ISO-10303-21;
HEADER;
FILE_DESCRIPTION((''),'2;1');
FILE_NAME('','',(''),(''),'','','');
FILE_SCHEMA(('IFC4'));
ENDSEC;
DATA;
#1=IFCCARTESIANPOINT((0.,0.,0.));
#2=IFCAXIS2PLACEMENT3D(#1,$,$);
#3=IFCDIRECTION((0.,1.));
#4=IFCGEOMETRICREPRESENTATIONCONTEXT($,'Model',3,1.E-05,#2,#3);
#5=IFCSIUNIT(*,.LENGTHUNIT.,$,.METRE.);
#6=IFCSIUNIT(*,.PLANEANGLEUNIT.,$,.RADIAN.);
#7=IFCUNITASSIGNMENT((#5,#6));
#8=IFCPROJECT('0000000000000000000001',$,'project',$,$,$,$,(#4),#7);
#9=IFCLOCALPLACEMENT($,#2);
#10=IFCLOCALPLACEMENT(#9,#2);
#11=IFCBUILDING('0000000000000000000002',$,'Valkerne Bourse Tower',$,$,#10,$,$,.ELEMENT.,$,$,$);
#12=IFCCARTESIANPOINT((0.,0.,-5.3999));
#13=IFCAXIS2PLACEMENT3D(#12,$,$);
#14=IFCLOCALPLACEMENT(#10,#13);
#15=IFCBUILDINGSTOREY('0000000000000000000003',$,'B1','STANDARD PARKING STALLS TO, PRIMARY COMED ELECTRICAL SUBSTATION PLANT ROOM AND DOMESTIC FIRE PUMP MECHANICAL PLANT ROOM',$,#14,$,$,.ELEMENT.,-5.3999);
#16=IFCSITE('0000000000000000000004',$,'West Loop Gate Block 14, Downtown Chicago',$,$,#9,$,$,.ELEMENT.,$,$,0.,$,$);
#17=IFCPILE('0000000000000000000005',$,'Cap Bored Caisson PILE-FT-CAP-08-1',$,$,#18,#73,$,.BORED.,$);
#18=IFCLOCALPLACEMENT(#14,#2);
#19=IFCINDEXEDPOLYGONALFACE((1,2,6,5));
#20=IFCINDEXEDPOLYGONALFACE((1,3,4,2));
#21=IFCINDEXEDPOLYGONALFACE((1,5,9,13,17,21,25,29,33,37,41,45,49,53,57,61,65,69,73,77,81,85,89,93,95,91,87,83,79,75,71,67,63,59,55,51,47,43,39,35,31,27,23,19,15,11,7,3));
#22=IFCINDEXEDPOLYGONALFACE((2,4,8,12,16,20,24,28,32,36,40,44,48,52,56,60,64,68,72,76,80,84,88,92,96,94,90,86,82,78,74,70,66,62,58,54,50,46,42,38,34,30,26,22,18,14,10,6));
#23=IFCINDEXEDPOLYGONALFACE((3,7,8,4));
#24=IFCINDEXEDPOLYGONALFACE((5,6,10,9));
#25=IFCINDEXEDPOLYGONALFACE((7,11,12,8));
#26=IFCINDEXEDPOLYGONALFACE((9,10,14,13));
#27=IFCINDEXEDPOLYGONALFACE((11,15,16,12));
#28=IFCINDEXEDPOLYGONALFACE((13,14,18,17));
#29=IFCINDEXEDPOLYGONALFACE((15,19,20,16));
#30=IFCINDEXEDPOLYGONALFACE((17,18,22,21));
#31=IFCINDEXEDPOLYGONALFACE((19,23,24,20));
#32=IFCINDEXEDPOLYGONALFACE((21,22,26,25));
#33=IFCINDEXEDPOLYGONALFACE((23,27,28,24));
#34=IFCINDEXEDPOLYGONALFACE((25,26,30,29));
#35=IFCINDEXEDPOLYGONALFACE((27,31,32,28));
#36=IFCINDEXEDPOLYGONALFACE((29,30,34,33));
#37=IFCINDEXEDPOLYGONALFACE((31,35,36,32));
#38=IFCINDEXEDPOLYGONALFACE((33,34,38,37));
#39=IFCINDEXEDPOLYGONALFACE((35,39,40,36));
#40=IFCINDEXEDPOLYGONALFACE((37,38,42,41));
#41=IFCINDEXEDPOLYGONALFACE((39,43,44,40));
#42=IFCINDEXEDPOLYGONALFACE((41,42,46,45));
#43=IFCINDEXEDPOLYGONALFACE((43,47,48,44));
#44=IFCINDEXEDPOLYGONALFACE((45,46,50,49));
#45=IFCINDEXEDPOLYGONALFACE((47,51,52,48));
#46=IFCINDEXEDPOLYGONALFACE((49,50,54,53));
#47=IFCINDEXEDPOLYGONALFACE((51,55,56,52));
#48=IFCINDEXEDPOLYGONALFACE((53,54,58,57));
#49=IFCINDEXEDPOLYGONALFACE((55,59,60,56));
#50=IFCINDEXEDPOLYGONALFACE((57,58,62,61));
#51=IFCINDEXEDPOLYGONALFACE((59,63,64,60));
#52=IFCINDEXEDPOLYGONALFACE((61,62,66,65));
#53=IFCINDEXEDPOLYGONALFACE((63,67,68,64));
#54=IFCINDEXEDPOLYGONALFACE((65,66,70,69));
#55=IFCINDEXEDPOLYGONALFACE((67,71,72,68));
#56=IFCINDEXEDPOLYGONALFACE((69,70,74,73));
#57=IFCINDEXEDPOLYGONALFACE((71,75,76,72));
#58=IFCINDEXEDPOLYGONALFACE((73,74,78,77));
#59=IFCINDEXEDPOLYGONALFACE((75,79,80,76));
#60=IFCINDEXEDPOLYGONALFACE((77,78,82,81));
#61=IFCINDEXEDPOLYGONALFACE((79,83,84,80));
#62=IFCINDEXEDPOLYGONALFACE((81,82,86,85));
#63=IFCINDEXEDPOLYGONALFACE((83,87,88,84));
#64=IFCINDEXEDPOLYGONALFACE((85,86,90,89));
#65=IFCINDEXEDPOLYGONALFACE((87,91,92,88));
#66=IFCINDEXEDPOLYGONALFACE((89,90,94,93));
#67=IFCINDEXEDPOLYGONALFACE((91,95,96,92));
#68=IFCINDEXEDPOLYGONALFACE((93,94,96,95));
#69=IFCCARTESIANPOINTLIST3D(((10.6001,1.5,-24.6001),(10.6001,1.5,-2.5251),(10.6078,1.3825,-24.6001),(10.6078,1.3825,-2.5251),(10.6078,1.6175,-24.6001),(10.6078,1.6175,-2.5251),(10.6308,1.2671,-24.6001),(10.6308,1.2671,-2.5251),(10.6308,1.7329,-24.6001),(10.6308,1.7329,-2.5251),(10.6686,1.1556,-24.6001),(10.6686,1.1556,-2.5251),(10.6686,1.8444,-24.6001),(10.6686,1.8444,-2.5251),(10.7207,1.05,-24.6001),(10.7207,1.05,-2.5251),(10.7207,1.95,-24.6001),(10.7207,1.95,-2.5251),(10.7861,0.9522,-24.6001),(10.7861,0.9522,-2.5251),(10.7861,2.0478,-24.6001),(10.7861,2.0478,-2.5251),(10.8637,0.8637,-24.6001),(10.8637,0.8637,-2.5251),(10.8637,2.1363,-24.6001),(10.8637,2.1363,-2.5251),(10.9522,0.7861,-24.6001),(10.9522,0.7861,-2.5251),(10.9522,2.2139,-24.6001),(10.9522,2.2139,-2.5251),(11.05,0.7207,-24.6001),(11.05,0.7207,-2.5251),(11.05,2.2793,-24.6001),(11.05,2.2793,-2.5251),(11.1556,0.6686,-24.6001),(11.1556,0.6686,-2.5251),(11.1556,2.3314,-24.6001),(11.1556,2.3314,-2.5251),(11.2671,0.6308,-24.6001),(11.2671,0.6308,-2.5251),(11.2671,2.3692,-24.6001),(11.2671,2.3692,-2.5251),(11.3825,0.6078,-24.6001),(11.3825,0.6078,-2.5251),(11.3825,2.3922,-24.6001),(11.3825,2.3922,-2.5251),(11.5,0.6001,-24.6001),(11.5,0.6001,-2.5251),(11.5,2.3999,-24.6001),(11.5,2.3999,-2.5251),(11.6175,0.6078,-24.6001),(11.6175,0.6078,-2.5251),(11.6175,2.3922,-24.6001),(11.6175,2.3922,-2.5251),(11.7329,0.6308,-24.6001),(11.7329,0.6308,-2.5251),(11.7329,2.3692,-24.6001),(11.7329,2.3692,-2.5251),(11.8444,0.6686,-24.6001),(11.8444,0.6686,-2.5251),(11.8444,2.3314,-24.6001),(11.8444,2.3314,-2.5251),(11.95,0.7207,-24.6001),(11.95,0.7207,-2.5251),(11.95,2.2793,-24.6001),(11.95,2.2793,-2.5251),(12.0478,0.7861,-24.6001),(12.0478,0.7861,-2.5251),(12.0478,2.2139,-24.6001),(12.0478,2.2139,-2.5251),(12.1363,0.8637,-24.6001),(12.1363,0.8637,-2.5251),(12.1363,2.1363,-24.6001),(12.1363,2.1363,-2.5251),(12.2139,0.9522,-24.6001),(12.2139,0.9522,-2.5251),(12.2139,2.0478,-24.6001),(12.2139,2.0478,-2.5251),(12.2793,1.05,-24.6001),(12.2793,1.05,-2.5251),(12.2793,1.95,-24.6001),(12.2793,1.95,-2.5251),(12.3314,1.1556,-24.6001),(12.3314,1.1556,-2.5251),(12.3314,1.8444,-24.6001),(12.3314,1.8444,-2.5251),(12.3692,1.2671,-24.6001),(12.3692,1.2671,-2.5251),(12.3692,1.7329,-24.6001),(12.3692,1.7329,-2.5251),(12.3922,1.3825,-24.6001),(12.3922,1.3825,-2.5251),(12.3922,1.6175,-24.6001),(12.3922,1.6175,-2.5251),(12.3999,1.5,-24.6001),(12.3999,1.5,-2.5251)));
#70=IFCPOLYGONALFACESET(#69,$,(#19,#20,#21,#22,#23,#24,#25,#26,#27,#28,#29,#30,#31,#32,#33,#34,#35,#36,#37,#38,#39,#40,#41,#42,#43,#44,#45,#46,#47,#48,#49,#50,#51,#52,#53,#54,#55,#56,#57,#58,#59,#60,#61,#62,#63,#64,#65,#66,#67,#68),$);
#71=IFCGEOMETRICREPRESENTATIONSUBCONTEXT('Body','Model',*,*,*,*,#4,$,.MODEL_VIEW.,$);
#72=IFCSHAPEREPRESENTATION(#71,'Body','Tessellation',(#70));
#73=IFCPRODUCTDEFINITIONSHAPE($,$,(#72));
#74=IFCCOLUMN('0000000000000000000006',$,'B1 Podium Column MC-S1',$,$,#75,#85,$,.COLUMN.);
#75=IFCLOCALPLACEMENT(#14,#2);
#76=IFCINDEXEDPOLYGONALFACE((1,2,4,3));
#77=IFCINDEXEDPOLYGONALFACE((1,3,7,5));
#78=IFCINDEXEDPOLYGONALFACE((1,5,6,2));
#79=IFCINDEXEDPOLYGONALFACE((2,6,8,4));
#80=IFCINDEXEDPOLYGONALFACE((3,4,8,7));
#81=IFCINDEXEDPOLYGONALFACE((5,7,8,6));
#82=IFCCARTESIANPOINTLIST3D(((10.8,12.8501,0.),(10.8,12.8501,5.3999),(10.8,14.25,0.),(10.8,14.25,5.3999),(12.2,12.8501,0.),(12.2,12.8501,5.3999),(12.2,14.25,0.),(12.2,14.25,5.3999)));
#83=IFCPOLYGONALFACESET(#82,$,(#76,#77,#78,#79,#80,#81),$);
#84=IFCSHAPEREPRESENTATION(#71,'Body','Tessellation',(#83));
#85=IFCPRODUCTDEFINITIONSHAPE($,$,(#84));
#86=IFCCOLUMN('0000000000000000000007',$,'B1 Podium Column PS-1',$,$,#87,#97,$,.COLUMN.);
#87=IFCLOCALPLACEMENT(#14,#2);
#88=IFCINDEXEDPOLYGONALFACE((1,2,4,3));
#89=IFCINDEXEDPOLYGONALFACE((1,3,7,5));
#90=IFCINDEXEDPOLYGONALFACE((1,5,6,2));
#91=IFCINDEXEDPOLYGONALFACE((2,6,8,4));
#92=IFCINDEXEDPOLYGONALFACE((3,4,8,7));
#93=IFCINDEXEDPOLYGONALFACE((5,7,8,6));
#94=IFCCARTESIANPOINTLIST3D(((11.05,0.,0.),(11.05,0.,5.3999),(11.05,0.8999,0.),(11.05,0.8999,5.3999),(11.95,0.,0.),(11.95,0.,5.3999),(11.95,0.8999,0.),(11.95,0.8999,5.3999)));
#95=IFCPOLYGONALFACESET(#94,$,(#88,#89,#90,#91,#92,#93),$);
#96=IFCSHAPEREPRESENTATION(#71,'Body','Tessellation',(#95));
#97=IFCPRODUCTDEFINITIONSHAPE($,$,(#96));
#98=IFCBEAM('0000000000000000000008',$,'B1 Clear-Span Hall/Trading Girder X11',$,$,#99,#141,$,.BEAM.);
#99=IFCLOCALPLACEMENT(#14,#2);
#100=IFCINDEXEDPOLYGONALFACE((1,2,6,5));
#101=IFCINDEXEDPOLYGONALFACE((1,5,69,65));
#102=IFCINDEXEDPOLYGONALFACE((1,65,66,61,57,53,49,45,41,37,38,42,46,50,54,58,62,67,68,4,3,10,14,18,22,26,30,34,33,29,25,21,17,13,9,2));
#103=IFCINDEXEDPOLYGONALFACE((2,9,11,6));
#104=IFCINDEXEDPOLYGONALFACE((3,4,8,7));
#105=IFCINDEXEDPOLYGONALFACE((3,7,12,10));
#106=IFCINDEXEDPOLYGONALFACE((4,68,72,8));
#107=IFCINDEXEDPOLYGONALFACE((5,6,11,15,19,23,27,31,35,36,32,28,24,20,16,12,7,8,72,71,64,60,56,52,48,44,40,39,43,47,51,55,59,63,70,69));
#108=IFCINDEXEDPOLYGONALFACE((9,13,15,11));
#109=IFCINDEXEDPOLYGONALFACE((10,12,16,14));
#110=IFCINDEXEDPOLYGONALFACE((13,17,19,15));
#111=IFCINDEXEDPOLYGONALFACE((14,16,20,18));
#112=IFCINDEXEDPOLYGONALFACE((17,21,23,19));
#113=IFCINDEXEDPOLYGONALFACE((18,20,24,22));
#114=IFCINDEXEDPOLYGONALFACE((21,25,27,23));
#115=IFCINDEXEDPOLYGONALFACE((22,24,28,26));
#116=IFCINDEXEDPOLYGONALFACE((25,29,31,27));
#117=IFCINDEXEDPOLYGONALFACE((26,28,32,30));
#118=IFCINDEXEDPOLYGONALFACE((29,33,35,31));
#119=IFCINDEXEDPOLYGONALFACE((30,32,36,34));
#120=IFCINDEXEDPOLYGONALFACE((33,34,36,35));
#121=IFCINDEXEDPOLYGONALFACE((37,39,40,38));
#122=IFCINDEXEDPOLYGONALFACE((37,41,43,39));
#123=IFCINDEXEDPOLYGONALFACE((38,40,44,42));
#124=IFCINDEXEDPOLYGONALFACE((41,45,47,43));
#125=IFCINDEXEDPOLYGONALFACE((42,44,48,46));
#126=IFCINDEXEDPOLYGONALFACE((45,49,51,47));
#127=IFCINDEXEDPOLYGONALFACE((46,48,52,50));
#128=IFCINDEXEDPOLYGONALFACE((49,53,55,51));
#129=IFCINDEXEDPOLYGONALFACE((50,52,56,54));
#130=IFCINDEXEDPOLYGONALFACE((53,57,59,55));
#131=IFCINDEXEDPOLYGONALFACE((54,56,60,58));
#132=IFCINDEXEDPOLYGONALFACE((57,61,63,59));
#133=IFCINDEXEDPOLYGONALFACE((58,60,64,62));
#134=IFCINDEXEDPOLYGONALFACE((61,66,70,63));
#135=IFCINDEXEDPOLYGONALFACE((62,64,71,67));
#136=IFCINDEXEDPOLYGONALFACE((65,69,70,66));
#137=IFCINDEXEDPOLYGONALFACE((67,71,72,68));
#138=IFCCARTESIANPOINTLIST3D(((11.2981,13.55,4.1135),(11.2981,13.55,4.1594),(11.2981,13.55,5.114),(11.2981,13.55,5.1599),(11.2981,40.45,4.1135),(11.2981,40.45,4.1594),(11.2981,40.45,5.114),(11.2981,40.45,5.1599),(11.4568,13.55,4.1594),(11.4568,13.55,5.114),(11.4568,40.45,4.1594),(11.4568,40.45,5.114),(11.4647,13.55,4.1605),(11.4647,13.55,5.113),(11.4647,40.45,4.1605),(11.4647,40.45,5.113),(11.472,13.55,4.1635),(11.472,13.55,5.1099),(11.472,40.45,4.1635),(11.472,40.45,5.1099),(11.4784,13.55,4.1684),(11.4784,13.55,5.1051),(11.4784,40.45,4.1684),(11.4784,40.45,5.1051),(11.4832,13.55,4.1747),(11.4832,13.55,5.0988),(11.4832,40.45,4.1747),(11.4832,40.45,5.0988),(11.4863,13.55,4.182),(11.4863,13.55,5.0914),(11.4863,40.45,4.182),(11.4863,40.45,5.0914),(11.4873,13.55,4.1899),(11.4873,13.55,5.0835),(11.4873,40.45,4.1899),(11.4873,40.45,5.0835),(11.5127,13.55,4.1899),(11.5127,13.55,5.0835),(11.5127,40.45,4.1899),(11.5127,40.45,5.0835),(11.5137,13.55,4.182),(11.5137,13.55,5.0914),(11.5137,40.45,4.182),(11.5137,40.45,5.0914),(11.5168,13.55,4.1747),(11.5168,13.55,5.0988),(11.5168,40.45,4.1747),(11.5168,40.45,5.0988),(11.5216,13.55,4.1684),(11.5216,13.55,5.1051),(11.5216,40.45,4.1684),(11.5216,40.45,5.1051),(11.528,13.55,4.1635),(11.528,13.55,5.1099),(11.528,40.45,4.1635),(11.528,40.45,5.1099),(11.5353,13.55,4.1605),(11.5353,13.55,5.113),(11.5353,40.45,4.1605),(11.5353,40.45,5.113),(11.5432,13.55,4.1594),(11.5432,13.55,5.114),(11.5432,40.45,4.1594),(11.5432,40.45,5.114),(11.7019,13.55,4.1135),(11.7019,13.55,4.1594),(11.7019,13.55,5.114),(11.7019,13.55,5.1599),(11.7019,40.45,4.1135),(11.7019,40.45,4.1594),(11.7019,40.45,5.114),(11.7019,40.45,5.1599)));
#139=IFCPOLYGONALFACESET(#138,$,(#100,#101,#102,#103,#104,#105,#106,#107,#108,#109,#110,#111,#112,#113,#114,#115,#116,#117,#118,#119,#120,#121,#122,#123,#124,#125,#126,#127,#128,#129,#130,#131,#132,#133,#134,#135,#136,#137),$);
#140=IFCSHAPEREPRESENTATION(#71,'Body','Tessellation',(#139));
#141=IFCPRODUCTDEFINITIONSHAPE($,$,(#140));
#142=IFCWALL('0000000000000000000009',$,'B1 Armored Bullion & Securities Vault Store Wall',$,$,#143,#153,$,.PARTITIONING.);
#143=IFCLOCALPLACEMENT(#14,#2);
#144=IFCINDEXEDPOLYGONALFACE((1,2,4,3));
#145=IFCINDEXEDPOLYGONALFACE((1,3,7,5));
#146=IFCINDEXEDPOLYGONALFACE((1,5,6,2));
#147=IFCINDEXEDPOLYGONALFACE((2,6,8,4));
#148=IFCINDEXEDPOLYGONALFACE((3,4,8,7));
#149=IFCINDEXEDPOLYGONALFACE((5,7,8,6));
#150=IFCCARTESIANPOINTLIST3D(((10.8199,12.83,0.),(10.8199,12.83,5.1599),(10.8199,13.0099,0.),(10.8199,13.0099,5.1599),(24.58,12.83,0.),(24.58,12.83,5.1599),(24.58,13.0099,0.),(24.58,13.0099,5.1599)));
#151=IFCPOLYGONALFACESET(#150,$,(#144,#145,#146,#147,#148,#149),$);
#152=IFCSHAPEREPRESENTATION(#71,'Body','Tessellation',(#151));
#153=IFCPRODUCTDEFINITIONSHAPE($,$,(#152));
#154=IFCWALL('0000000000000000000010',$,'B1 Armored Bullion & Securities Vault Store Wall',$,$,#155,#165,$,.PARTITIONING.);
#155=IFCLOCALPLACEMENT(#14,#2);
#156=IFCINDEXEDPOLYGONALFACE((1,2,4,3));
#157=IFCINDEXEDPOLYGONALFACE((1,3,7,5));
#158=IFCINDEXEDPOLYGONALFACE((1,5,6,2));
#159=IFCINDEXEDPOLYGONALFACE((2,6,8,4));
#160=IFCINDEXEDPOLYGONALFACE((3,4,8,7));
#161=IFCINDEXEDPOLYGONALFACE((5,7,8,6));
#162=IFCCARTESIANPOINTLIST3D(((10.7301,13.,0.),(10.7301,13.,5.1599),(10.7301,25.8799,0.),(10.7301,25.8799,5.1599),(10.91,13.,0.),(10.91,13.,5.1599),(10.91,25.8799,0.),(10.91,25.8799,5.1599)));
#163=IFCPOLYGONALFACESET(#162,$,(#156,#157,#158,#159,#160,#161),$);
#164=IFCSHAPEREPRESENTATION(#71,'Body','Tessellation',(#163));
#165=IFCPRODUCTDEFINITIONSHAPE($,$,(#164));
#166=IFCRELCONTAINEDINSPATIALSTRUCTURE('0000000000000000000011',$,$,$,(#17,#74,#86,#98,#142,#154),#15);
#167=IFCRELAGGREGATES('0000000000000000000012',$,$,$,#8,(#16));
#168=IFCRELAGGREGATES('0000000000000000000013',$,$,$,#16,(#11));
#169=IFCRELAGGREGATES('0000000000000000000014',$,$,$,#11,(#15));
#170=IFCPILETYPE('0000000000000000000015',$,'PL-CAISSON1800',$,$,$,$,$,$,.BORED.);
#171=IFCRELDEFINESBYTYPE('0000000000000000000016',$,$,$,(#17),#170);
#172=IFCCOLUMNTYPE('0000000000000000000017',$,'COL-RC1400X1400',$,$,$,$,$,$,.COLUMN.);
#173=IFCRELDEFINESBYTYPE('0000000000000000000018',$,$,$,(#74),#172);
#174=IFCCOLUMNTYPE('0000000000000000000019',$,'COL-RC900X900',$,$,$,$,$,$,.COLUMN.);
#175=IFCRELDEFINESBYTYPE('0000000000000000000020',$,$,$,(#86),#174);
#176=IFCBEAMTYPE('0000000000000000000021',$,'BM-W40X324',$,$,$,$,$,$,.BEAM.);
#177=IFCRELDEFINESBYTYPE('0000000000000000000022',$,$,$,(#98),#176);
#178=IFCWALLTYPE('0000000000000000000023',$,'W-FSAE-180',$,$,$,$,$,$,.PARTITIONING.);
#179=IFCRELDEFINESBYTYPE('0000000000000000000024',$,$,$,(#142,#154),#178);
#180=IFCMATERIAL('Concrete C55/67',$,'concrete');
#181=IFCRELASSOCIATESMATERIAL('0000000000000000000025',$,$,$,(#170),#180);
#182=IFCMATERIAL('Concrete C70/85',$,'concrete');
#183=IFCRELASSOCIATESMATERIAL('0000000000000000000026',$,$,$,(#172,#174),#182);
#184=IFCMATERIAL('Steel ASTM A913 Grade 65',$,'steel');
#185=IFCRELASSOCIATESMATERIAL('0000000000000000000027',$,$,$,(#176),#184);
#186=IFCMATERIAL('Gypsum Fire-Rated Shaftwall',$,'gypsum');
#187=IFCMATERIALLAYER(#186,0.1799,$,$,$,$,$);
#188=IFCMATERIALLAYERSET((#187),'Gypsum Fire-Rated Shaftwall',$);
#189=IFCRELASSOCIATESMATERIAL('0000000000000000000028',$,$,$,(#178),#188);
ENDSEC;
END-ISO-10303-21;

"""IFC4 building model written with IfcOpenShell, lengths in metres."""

from ifc_helpers import new_model, si_unit, direction, frame, frame_2d, origin, origin_2d, place, context, subcontext, project, spatial, rectangle, circle, i_section, extrude, material, layer, layer_set, material_profile, profile_set, type_object, element, save


model = new_model("IFC4")

# Units and contexts
model_context = context("Model", 3, precision=1e-05, world=origin(), true_north=direction((0.0, 1.0)))
body_context = subcontext(model_context, "Body", "Model", "MODEL_VIEW")
ifc_project = project(units=[si_unit("LENGTHUNIT", "METRE"), si_unit("PLANEANGLEUNIT", "RADIAN")], contexts=[model_context])

# Site, building, storey
site_placement = place(None, origin())
site = spatial("IfcSite", under=ifc_project, at=site_placement, Name="West Loop Gate Block 14, Downtown Chicago", CompositionType="ELEMENT", RefElevation=0.0)
building_placement = place(site_placement, origin())
building = spatial("IfcBuilding", under=site, at=building_placement, Name="Valkerne Bourse Tower", CompositionType="ELEMENT")
storey_placement = place(building_placement, frame((0.0, 0.0, -5.3999)))
storey = spatial("IfcBuildingStorey", under=building, at=storey_placement, Name="B1", Description="STANDARD PARKING STALLS TO, PRIMARY COMED ELECTRICAL SUBSTATION PLANT ROOM AND DOMESTIC FIRE PUMP MECHANICAL PLANT ROOM", CompositionType="ELEMENT", Elevation=-5.3999)

# Shared definitions
ifc_material_1 = material(Name="Concrete C55/67", Category="concrete")

# Pile
ifc_material_profile_1 = material_profile(ifc_material_1, circle(Radius=0.8999, at=origin_2d()), Name="CAISSON1800")
ifc_profile_set_1 = profile_set([ifc_material_profile_1], Name="Concrete C55/67")
pile_type = type_object("IfcPileType", Name="PL-CAISSON1800", PredefinedType="BORED", material=ifc_profile_set_1)
for number, where, z_axis, x_axis, name in (
    (1, (11.5, 1.5, -2.5251), (0.0, 0.0, -1.0), (1.0, 0.0, 0.0), "Cap Bored Caisson PILE-FT-CAP-08-1"),
):
    element("IfcPile", number, at=place(storey_placement, frame(where, z_axis=z_axis, x_axis=x_axis)), inside=storey, type_object=pile_type, Name=name, PredefinedType="BORED", context=body_context, shape_type="SweptSolid", body=[
        extrude(circle(Radius=0.8999, at=origin_2d()), origin(), (0.0, 0.0, 1.0), 22.075),
    ])

# Columns
ifc_material_2 = material(Name="Concrete C70/85", Category="concrete")
ifc_material_profile_2 = material_profile(ifc_material_2, rectangle(XDim=1.3999, YDim=1.3999, at=origin_2d()), Name="RC1400X1400")
ifc_profile_set_2 = profile_set([ifc_material_profile_2], Name="Concrete C70/85")
column_type_1 = type_object("IfcColumnType", Name="COL-RC1400X1400", PredefinedType="COLUMN", material=ifc_profile_set_2)
column_1_placement = place(storey_placement, frame((11.5, 13.55, 0.0), z_axis=(0.0, 0.0, 1.0), x_axis=(1.0, 0.0, 0.0)))
element("IfcColumn", 2, at=column_1_placement, inside=storey, type_object=column_type_1, Name="B1 Podium Column MC-S1", PredefinedType="COLUMN", context=body_context, shape_type="SweptSolid", body=[
    extrude(rectangle(XDim=1.3999, YDim=1.3999, at=origin_2d()), origin(), (0.0, 0.0, 1.0), 5.3999),
])
ifc_material_profile_3 = material_profile(ifc_material_2, rectangle(XDim=0.8999, YDim=0.8999, at=origin_2d()), Name="RC900X900")
ifc_profile_set_3 = profile_set([ifc_material_profile_3], Name="Concrete C70/85")
column_type_2 = type_object("IfcColumnType", Name="COL-RC900X900", PredefinedType="COLUMN", material=ifc_profile_set_3)
column_2_placement = place(storey_placement, frame((11.5, 0.45, 0.0), z_axis=(0.0, 0.0, 1.0), x_axis=(1.0, 0.0, 0.0)))
element("IfcColumn", 3, at=column_2_placement, inside=storey, type_object=column_type_2, Name="B1 Podium Column PS-1", PredefinedType="COLUMN", context=body_context, shape_type="SweptSolid", body=[
    extrude(rectangle(XDim=0.8999, YDim=0.8999, at=origin_2d()), origin(), (0.0, 0.0, 1.0), 5.3999),
])

# Beam
ifc_material_3 = material(Name="Steel ASTM A913 Grade 65", Category="steel")
ifc_material_profile_4 = material_profile(ifc_material_3, i_section(OverallWidth=0.4038, OverallDepth=1.0464, WebThickness=0.0254, FlangeThickness=0.0459, FilletRadius=0.0305, at=origin_2d()), Name="W40X324")
ifc_profile_set_4 = profile_set([ifc_material_profile_4], Name="Steel ASTM A913 Grade 65")
beam_type = type_object("IfcBeamType", Name="BM-W40X324", PredefinedType="BEAM", material=ifc_profile_set_4)
beam_placement = place(storey_placement, frame((11.5, 13.55, 4.6367), z_axis=(0.0, 1.0, 0.0), x_axis=(-1.0, 0.0, 0.0)))
element("IfcBeam", 4, at=beam_placement, inside=storey, type_object=beam_type, Name="B1 Clear-Span Hall/Trading Girder X11", PredefinedType="BEAM", context=body_context, shape_type="SweptSolid", body=[
    extrude(i_section(OverallWidth=0.4038, OverallDepth=1.0464, WebThickness=0.0254, FlangeThickness=0.0459, FilletRadius=0.0305, at=origin_2d()), origin(), (0.0, 0.0, 1.0), 26.8999),
])

# Walls
ifc_material_4 = material(Name="Gypsum Fire-Rated Shaftwall", Category="gypsum")
ifc_layer_1 = layer(ifc_material_4, 0.1799)
ifc_layer_set_1 = layer_set([ifc_layer_1], Name="Gypsum Fire-Rated Shaftwall")
wall_type_1 = type_object("IfcWallType", Name="W-FSAE-180", PredefinedType="PARTITIONING", material=ifc_layer_set_1)
wall_1_placement = place(storey_placement, frame((10.8201, 12.9199, 0.0), z_axis=(0.0, 0.0, 1.0), x_axis=(1.0, 0.0, 0.0)))
element("IfcWall", 5, at=wall_1_placement, inside=storey, type_object=wall_type_1, Name="B1 Armored Bullion & Securities Vault Store Wall", PredefinedType="PARTITIONING", context=body_context, shape_type="SweptSolid", body=[
    extrude(rectangle(XDim=13.76, YDim=0.1799, at=frame_2d((6.8799, 0.0))), origin(), (0.0, 0.0, 1.0), 5.1599),
])
wall_2_placement = place(storey_placement, frame((10.8201, 13.0, 0.0), z_axis=(0.0, 0.0, 1.0), x_axis=(0.0, 1.0, 0.0)))
element("IfcWall", 6, at=wall_2_placement, inside=storey, type_object=wall_type_1, Name="B1 Armored Bullion & Securities Vault Store Wall", PredefinedType="PARTITIONING", context=body_context, shape_type="SweptSolid", body=[
    extrude(rectangle(XDim=12.8799, YDim=0.1799, at=frame_2d((6.4399, 0.0))), origin(), (0.0, 0.0, 1.0), 5.1599),
])

save(model, "model.ifc")
